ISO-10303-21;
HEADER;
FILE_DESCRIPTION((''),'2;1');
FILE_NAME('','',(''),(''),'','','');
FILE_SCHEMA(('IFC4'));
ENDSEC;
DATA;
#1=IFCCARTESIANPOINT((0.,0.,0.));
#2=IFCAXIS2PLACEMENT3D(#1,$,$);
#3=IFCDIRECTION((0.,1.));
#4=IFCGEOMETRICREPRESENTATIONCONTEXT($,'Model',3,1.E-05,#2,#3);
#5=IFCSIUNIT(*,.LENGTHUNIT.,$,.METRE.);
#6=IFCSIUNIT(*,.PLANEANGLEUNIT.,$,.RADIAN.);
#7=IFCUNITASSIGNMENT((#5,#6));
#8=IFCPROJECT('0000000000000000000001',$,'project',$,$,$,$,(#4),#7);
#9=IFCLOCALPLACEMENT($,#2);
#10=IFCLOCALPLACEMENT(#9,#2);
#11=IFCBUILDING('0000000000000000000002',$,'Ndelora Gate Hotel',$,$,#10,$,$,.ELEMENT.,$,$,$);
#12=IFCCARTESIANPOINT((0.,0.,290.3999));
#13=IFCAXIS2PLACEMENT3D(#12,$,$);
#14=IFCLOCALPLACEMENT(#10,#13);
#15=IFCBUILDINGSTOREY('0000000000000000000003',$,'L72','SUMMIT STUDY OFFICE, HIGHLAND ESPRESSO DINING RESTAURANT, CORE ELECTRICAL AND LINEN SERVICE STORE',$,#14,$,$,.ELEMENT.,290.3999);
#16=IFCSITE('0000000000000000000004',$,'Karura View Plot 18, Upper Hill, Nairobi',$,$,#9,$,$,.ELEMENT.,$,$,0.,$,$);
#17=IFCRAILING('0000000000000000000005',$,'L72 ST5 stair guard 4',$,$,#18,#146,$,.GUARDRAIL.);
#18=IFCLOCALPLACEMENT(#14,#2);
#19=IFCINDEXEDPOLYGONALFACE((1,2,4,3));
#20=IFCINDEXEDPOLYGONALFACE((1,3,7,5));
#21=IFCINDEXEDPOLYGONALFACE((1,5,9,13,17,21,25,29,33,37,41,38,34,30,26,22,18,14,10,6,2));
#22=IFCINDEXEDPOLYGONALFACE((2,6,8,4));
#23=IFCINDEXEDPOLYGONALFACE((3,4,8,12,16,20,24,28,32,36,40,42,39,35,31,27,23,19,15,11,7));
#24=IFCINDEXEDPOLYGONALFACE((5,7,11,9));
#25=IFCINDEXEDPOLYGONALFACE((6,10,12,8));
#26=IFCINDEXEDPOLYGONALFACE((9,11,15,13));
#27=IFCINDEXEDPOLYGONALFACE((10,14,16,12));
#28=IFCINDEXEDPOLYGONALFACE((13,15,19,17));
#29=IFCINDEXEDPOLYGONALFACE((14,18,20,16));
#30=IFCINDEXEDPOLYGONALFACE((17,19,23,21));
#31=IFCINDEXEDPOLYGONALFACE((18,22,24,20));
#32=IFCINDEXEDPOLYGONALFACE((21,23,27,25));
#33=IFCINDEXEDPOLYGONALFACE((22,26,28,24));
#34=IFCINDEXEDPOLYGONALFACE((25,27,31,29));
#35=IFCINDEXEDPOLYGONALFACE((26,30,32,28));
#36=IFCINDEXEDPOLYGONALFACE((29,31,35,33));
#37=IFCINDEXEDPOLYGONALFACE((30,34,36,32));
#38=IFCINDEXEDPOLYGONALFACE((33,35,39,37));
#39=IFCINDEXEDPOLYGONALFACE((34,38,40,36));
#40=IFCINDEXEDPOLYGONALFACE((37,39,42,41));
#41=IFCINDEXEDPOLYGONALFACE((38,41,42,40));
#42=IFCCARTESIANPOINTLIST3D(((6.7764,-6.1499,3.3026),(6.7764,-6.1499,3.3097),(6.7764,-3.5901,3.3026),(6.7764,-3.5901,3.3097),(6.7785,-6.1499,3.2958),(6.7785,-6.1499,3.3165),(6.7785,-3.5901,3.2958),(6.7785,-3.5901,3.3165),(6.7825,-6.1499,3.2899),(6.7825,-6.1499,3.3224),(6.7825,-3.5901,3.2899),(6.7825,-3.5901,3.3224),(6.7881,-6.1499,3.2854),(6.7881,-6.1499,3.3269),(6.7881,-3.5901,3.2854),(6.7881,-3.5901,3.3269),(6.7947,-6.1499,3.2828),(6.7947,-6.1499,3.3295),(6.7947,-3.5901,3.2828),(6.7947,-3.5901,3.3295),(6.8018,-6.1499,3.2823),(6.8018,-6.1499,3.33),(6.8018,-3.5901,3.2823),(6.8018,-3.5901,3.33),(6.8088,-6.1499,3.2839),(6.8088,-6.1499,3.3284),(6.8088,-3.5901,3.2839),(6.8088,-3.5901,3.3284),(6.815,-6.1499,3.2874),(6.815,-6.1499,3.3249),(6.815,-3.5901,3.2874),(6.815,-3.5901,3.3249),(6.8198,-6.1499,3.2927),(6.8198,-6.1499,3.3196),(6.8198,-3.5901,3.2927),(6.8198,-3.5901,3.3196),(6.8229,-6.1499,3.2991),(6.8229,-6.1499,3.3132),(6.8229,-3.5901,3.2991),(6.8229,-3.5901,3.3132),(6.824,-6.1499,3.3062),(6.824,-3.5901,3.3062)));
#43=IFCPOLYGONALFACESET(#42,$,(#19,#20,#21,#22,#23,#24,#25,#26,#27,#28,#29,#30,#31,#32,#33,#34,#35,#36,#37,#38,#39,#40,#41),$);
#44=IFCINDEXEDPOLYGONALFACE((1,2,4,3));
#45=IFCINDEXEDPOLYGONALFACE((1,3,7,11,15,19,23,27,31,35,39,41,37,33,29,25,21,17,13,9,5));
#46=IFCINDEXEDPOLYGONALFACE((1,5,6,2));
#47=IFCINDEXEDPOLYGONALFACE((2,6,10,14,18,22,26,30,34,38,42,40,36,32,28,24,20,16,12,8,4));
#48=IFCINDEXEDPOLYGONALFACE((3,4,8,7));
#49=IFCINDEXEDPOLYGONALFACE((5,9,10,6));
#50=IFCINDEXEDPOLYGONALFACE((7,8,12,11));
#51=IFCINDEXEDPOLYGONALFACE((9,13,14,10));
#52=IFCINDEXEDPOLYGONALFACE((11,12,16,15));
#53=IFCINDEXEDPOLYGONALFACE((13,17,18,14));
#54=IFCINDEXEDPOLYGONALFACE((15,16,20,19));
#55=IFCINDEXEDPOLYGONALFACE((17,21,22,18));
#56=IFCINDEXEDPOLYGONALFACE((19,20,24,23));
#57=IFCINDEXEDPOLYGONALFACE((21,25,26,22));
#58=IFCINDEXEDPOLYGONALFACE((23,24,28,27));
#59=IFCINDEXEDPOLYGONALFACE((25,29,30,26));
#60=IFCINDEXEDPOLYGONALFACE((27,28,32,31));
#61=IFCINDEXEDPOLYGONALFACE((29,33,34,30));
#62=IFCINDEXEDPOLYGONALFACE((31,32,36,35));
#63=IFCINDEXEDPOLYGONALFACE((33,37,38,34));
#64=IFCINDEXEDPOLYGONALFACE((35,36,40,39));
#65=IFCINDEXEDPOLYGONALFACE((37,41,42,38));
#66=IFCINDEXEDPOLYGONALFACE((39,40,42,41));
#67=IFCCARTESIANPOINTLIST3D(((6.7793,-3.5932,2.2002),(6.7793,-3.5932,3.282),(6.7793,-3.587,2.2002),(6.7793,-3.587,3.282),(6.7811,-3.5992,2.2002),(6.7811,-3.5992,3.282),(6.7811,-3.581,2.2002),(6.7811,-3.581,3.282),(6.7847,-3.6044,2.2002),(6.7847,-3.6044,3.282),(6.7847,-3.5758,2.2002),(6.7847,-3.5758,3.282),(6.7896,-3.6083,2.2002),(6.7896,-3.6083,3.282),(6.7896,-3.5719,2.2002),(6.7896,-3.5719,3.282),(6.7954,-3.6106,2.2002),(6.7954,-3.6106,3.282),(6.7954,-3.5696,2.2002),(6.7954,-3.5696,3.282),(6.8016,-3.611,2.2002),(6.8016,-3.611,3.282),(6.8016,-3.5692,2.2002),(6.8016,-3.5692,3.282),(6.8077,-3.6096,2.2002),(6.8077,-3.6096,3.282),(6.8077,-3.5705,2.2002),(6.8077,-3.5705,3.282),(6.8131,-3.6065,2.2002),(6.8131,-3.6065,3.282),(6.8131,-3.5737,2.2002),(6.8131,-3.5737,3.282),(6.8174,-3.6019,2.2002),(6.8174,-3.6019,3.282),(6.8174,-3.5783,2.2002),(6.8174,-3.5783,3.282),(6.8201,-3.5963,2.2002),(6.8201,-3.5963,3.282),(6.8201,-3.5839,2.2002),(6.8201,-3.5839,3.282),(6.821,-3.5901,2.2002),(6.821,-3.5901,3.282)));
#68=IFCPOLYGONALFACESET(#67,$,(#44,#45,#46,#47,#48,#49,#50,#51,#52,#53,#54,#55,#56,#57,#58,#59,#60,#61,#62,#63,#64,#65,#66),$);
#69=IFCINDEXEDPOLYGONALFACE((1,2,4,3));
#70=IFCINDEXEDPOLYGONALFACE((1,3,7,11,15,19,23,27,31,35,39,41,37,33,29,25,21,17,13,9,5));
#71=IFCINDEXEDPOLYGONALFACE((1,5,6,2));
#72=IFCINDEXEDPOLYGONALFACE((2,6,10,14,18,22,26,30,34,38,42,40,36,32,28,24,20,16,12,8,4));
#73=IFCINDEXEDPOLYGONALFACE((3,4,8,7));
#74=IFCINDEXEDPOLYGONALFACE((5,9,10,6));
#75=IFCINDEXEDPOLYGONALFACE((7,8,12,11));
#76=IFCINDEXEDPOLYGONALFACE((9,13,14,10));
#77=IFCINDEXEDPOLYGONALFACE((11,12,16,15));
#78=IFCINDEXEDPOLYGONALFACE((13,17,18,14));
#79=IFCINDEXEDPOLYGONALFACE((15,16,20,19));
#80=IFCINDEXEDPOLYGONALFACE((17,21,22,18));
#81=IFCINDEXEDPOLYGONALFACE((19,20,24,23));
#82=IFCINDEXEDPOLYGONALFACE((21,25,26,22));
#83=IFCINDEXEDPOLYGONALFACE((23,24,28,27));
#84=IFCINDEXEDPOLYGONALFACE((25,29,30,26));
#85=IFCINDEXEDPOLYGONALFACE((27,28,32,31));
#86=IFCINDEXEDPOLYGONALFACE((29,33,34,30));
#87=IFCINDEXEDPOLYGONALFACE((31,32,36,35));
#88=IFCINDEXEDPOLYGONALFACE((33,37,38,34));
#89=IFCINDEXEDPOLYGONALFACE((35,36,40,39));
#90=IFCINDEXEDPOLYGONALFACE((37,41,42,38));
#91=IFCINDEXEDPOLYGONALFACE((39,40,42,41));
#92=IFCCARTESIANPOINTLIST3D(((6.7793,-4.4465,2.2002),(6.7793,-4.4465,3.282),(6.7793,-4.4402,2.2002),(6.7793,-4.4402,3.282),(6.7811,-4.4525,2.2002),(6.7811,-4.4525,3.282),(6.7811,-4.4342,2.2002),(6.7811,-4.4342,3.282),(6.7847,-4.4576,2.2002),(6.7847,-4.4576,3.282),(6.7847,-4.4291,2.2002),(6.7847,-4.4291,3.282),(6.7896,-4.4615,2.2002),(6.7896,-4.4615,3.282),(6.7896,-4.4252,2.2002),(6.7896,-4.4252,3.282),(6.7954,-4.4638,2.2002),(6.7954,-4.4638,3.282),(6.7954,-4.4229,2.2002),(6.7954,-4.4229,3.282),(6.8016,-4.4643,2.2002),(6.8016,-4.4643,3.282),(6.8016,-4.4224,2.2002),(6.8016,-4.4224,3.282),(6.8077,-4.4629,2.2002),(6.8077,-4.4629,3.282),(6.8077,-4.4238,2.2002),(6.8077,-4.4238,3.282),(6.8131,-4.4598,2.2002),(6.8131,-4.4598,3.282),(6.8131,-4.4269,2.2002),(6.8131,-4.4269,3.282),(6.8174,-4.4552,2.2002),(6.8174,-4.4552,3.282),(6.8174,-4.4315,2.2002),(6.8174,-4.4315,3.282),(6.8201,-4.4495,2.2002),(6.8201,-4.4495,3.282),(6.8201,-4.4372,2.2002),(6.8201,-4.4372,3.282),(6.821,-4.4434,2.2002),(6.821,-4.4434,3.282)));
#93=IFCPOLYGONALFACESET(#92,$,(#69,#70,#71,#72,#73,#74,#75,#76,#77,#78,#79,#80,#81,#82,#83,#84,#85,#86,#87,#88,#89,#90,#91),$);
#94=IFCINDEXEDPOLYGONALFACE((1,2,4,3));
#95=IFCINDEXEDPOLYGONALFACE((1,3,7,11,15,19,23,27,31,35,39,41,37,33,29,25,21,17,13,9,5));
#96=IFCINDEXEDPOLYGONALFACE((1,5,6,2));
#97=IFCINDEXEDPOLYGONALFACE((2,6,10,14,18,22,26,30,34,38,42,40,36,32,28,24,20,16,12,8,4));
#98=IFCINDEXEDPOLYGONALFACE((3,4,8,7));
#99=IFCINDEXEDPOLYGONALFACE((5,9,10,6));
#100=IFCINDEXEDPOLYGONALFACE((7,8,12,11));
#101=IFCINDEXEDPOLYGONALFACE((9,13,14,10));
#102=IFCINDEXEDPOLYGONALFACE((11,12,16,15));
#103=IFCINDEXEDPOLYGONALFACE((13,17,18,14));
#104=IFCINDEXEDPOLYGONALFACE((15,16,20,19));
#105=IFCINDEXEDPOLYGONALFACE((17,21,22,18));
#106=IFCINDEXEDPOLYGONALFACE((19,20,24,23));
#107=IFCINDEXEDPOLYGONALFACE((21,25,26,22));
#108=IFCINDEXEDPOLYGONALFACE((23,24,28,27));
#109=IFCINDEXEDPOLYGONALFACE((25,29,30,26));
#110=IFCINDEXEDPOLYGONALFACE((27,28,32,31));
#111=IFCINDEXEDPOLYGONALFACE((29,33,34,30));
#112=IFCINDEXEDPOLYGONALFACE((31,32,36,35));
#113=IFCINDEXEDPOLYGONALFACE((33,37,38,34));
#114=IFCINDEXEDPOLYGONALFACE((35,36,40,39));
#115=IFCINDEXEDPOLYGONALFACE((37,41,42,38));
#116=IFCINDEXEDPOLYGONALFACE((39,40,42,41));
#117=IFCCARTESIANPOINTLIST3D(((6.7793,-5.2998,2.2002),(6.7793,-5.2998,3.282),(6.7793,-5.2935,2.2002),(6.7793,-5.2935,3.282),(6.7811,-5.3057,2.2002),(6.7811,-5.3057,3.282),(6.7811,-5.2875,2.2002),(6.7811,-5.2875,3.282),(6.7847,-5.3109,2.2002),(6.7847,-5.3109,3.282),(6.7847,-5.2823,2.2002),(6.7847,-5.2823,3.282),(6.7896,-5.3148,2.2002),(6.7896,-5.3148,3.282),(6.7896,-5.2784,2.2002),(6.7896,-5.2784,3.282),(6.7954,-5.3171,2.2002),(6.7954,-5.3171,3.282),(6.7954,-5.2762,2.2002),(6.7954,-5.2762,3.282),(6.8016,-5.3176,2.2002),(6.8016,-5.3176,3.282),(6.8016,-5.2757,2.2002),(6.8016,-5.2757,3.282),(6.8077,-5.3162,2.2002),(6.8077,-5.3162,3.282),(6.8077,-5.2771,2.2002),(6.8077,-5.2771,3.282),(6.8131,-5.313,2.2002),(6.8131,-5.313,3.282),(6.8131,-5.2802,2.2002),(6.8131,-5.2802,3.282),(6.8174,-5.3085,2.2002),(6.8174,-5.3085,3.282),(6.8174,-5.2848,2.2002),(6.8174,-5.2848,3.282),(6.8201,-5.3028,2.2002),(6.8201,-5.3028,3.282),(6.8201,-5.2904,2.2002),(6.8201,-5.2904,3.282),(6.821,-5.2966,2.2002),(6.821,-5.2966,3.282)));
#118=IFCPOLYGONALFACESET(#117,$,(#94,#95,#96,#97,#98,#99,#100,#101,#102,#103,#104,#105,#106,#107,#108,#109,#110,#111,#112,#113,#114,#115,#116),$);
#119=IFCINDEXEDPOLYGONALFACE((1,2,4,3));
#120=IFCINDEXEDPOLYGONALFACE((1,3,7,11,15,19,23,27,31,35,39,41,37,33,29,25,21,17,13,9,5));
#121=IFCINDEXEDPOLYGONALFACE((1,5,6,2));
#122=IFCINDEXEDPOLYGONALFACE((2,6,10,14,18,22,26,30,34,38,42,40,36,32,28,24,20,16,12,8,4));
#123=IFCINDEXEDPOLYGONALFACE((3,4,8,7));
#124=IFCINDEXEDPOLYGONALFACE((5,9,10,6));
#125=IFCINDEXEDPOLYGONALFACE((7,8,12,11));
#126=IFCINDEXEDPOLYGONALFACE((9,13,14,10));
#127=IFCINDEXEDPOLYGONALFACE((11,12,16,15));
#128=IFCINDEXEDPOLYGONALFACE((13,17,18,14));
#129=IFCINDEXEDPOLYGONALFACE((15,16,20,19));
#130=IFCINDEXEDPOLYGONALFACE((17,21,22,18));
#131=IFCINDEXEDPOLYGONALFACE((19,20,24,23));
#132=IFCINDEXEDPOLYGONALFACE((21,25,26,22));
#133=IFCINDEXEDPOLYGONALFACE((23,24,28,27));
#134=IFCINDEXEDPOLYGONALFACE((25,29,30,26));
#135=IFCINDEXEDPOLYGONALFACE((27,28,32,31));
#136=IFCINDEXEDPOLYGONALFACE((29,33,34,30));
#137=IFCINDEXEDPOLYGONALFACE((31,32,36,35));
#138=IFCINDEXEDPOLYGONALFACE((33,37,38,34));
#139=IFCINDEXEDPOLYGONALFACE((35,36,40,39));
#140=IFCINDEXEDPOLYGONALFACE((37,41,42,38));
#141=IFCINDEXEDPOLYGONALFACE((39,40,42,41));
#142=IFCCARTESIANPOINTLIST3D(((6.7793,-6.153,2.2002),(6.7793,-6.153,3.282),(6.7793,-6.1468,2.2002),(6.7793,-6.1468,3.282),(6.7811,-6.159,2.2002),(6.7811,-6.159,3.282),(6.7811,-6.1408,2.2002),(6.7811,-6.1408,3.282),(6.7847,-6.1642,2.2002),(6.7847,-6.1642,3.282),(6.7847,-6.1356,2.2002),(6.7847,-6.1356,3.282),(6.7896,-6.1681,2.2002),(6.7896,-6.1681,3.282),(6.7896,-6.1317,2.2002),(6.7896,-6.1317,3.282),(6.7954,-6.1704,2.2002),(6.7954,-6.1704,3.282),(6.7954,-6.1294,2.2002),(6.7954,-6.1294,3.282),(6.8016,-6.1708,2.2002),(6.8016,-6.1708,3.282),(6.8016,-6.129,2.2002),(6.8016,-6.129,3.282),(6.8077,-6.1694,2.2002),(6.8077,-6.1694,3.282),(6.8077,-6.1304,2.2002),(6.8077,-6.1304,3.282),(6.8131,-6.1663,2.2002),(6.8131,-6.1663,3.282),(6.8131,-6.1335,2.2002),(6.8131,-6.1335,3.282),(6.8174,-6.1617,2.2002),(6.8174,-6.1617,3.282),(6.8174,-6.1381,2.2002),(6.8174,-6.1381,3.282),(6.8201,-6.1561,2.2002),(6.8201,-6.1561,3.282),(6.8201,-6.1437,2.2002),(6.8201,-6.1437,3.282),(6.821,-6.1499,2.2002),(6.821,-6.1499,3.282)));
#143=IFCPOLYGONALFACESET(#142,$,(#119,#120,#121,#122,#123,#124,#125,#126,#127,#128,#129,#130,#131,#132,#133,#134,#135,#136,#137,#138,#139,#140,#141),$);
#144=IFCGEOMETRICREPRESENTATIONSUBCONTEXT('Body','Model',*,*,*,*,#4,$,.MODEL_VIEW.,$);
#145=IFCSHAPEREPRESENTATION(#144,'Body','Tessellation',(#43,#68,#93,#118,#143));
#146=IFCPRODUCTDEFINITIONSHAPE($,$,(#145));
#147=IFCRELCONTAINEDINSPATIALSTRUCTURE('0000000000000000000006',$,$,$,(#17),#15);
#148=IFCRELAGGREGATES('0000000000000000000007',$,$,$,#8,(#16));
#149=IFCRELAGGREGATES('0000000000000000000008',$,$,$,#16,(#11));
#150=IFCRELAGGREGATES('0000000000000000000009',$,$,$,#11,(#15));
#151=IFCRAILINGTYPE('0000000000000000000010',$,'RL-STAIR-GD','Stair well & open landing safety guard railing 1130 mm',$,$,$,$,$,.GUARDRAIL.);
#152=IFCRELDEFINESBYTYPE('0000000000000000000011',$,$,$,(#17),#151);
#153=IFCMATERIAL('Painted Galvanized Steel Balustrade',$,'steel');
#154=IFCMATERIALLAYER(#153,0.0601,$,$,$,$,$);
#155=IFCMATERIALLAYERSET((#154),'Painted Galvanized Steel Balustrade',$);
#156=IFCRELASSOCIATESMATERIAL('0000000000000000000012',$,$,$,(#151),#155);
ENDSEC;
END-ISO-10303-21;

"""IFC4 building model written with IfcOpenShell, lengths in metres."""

from ifc_helpers import new_model, si_unit, direction, frame, origin, origin_2d, place, context, subcontext, project, spatial, circle, extrude, material, layer, layer_set, type_object, element, save


model = new_model("IFC4")

# Units and contexts
model_context = context("Model", 3, precision=1e-05, world=origin(), true_north=direction((0.0, 1.0)))
body_context = subcontext(model_context, "Body", "Model", "MODEL_VIEW")
ifc_project = project(units=[si_unit("LENGTHUNIT", "METRE"), si_unit("PLANEANGLEUNIT", "RADIAN")], contexts=[model_context])

# Site, building, storey
site_placement = place(None, origin())
site = spatial("IfcSite", under=ifc_project, at=site_placement, Name="Karura View Plot 18, Upper Hill, Nairobi", CompositionType="ELEMENT", RefElevation=0.0)
building_placement = place(site_placement, origin())
building = spatial("IfcBuilding", under=site, at=building_placement, Name="Ndelora Gate Hotel", CompositionType="ELEMENT")
storey_placement = place(building_placement, frame((0.0, 0.0, 290.3999)))
storey = spatial("IfcBuildingStorey", under=building, at=storey_placement, Name="L72", Description="SUMMIT STUDY OFFICE, HIGHLAND ESPRESSO DINING RESTAURANT, CORE ELECTRICAL AND LINEN SERVICE STORE", CompositionType="ELEMENT", Elevation=290.3999)

# Railing
ifc_material_1 = material(Name="Painted Galvanized Steel Balustrade", Category="steel")
ifc_layer_1 = layer(ifc_material_1, 0.0601)
ifc_layer_set_1 = layer_set([ifc_layer_1], Name="Painted Galvanized Steel Balustrade")
railing_type_1 = type_object("IfcRailingType", Name="RL-STAIR-GD", Description="Stair well & open landing safety guard railing 1130 mm", PredefinedType="GUARDRAIL", material=ifc_layer_set_1)
for number, where, name in (
    (1, (6.8, -3.5901, 2.2002), "L72 ST5 stair guard 4"),
):
    element("IfcRailing", number, at=place(storey_placement, frame(where)), inside=storey, type_object=railing_type_1, Name=name, PredefinedType="GUARDRAIL", context=body_context, shape_type="SweptSolid", body=[
        extrude(circle(Radius=0.0239, at=origin_2d()), frame((0.0, 0.0, 1.106), z_axis=(0.0, -1.0, 0.0), x_axis=(1.0, 0.0, 0.0)), (0.0, 0.0, 1.0), 2.5598),
        extrude(circle(Radius=0.021, at=origin_2d()), origin(), (0.0, 0.0, 1.0), 1.0818),
        extrude(circle(Radius=0.021, at=origin_2d()), frame((0.0, -0.8533, 0.0)), (0.0, 0.0, 1.0), 1.0818),
        extrude(circle(Radius=0.021, at=origin_2d()), frame((0.0, -1.7065, 0.0)), (0.0, 0.0, 1.0), 1.0818),
        extrude(circle(Radius=0.021, at=origin_2d()), frame((0.0, -2.5598, 0.0)), (0.0, 0.0, 1.0), 1.0818),
    ])

save(model, "model.ifc")
